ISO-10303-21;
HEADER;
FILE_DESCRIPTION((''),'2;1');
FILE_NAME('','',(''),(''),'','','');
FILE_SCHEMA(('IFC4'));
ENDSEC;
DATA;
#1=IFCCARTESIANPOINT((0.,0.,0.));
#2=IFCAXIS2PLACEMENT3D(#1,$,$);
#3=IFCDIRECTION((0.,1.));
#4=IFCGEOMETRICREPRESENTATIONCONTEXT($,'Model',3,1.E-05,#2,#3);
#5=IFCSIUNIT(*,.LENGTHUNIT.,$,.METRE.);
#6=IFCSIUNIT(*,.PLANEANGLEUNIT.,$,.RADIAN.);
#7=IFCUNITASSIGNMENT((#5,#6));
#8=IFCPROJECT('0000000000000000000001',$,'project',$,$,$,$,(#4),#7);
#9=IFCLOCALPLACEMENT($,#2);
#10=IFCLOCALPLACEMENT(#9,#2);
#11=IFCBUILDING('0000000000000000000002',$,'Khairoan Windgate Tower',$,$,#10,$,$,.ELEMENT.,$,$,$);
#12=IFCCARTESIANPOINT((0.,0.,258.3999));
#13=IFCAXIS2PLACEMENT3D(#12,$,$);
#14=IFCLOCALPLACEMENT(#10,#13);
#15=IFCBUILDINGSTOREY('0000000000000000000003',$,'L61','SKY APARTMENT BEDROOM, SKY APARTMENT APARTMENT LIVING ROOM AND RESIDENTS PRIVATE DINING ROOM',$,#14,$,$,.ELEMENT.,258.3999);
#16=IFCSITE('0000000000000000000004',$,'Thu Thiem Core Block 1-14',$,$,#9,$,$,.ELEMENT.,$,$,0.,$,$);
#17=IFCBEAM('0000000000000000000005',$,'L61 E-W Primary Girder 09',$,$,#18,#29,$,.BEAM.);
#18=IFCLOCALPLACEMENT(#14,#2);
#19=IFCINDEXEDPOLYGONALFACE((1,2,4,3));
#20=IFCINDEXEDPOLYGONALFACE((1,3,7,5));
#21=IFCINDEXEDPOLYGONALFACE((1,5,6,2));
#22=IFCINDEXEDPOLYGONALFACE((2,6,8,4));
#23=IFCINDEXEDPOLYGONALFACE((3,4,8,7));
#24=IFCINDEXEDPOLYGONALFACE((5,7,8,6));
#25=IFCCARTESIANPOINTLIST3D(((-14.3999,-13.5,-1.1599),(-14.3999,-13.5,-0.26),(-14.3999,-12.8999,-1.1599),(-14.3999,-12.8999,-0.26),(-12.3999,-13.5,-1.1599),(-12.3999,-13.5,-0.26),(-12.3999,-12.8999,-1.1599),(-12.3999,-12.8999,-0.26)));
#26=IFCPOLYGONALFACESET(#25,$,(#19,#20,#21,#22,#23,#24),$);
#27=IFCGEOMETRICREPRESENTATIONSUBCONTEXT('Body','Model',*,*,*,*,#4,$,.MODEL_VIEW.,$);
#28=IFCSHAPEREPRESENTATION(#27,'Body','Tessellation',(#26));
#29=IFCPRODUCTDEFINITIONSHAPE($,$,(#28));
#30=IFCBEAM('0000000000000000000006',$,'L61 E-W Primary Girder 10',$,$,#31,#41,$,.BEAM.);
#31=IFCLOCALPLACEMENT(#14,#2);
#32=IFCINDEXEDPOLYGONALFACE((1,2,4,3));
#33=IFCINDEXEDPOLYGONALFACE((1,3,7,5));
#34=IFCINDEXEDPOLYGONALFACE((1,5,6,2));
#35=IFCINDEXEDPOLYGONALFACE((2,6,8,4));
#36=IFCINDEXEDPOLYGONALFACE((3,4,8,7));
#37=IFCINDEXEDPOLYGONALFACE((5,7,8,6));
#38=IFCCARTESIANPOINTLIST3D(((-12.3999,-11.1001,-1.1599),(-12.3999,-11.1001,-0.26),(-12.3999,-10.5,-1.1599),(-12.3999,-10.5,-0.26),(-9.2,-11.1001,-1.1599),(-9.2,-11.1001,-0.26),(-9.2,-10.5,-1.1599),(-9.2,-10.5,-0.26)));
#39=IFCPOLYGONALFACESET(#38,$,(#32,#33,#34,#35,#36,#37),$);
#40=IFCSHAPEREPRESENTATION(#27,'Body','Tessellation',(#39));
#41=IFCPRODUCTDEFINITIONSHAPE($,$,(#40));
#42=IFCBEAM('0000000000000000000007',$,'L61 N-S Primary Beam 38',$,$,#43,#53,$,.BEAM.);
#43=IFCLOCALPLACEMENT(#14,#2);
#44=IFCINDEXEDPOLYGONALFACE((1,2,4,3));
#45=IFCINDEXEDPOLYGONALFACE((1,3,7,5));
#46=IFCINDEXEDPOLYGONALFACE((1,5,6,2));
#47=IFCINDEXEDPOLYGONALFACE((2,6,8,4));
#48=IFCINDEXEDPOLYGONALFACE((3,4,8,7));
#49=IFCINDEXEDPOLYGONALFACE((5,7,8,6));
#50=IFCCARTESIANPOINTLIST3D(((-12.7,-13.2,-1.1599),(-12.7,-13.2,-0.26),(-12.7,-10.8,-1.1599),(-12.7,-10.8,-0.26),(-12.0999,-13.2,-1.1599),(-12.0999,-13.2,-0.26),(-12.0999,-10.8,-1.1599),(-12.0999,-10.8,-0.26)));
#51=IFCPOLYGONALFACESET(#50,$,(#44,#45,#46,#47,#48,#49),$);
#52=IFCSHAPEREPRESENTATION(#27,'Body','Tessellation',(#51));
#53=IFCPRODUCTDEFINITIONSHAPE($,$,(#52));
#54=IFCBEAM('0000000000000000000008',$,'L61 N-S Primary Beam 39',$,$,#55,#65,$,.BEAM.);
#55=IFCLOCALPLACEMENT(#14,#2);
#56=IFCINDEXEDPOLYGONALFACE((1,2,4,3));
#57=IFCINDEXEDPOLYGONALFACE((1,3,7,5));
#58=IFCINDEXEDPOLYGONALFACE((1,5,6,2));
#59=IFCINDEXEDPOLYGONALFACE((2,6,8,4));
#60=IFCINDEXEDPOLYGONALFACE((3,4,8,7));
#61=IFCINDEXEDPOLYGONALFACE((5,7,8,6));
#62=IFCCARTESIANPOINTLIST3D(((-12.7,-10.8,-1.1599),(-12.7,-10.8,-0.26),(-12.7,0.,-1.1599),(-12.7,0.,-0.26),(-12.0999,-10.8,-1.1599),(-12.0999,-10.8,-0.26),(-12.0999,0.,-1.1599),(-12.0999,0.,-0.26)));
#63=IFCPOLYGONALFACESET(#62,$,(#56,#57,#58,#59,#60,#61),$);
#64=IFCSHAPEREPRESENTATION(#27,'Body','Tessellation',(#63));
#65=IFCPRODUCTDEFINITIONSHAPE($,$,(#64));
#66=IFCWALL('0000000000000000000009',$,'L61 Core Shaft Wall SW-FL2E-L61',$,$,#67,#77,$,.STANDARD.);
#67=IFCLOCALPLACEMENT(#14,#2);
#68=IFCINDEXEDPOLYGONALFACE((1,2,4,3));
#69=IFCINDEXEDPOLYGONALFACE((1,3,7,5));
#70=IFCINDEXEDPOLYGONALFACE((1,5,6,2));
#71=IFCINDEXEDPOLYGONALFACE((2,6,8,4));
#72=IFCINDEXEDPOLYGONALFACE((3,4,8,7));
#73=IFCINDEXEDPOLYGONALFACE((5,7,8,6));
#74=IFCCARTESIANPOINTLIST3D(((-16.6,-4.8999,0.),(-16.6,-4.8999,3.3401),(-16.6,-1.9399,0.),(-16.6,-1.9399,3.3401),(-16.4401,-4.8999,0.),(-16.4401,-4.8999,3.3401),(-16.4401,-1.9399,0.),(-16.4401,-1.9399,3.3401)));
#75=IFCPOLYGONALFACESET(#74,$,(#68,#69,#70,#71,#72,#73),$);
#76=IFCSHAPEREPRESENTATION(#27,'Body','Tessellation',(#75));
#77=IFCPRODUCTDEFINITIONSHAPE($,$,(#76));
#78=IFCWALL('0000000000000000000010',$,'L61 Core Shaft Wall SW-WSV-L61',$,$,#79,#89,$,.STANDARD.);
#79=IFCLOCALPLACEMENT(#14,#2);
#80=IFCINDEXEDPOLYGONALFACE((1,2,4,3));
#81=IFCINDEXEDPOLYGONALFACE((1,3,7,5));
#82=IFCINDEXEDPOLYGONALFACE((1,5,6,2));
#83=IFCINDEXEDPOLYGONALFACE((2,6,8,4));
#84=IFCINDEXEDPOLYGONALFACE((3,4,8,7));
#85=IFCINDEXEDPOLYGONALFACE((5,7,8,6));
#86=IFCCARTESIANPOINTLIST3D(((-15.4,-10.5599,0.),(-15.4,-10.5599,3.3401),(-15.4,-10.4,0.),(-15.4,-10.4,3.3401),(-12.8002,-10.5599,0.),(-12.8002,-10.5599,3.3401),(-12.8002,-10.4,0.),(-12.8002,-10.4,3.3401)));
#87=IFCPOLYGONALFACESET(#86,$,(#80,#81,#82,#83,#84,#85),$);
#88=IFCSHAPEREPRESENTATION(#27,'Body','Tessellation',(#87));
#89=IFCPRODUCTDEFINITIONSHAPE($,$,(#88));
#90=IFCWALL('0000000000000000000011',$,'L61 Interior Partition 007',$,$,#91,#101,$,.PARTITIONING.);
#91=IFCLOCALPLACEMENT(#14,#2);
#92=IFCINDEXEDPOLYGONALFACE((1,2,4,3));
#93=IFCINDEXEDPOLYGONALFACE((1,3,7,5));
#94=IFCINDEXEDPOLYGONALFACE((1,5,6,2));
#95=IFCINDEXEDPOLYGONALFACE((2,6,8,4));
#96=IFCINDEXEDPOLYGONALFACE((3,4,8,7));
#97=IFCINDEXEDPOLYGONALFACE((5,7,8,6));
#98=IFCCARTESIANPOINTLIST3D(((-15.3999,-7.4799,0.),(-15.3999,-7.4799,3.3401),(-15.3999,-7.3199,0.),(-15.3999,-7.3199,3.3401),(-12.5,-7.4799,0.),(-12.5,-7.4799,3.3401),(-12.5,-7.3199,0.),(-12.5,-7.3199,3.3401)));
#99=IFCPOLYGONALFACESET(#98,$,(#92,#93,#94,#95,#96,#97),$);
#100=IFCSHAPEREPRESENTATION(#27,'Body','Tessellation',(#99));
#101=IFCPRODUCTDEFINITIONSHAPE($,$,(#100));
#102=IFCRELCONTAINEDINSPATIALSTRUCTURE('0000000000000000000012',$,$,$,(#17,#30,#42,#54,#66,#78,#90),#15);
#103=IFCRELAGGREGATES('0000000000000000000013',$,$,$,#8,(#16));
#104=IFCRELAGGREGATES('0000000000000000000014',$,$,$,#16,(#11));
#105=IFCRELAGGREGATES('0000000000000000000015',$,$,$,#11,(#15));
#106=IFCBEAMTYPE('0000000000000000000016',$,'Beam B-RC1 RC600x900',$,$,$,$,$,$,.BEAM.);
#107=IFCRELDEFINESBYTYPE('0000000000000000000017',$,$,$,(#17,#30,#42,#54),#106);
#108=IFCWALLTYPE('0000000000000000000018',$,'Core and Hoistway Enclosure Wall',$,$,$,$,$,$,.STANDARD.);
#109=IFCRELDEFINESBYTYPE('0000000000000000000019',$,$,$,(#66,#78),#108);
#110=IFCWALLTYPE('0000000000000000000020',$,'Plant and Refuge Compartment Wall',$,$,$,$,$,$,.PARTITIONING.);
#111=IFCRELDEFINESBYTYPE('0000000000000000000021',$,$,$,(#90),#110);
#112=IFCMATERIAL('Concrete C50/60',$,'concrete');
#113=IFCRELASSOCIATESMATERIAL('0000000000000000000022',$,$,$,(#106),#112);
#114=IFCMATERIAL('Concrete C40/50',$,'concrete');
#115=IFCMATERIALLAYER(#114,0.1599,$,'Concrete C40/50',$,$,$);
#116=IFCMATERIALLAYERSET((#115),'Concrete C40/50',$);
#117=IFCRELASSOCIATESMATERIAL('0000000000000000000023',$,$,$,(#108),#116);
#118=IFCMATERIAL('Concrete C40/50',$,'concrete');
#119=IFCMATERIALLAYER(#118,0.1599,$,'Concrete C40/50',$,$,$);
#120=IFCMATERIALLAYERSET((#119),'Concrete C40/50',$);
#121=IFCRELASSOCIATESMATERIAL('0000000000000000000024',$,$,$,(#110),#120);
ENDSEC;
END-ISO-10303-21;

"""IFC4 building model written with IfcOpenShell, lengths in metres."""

from ifc_helpers import new_model, si_unit, direction, frame, frame_2d, origin, origin_2d, place, context, subcontext, project, spatial, rectangle, extrude, material, layer, layer_set, material_profile, profile_set, type_object, element, save


model = new_model("IFC4")

# Units and contexts
model_context = context("Model", 3, precision=1e-05, world=origin(), true_north=direction((0.0, 1.0)))
body_context = subcontext(model_context, "Body", "Model", "MODEL_VIEW")
ifc_project = project(units=[si_unit("LENGTHUNIT", "METRE"), si_unit("PLANEANGLEUNIT", "RADIAN")], contexts=[model_context])

# Site, building, storey
site_placement = place(None, origin())
site = spatial("IfcSite", under=ifc_project, at=site_placement, Name="Thu Thiem Core Block 1-14", CompositionType="ELEMENT", RefElevation=0.0)
building_placement = place(site_placement, origin())
building = spatial("IfcBuilding", under=site, at=building_placement, Name="Khairoan Windgate Tower", CompositionType="ELEMENT")
storey_placement = place(building_placement, frame((0.0, 0.0, 258.3999)))
storey = spatial("IfcBuildingStorey", under=building, at=storey_placement, Name="L61", Description="SKY APARTMENT BEDROOM, SKY APARTMENT APARTMENT LIVING ROOM AND RESIDENTS PRIVATE DINING ROOM", CompositionType="ELEMENT", Elevation=258.3999)

# Beams
ifc_material_1 = material(Name="Concrete C50/60", Category="concrete")
ifc_material_profile = material_profile(ifc_material_1, rectangle(XDim=0.6001, YDim=0.8999, at=origin_2d()))
ifc_profile_set = profile_set([ifc_material_profile], Name="Concrete C50/60")
beam_type = type_object("IfcBeamType", Name="Beam B-RC1 RC600x900", PredefinedType="BEAM", material=ifc_profile_set)
beam_1_placement = place(storey_placement, frame((-14.3999, -13.2, -0.71), z_axis=(1.0, 0.0, 0.0), x_axis=(0.0, 1.0, 0.0)))
element("IfcBeam", 1, at=beam_1_placement, inside=storey, type_object=beam_type, Name="L61 E-W Primary Girder 09", PredefinedType="BEAM", context=body_context, shape_type="SweptSolid", body=[
    extrude(rectangle(XDim=0.6001, YDim=0.8999, at=origin_2d()), origin(), (0.0, 0.0, 1.0), 2.0),
])
beam_2_placement = place(storey_placement, frame((-12.3999, -10.8, -0.71), z_axis=(1.0, 0.0, 0.0), x_axis=(0.0, 1.0, 0.0)))
element("IfcBeam", 2, at=beam_2_placement, inside=storey, type_object=beam_type, Name="L61 E-W Primary Girder 10", PredefinedType="BEAM", context=body_context, shape_type="SweptSolid", body=[
    extrude(rectangle(XDim=0.6001, YDim=0.8999, at=origin_2d()), origin(), (0.0, 0.0, 1.0), 3.2),
])
beam_3_placement = place(storey_placement, frame((-12.3999, -13.2, -0.71), z_axis=(0.0, 1.0, 0.0), x_axis=(-1.0, 0.0, 0.0)))
element("IfcBeam", 3, at=beam_3_placement, inside=storey, type_object=beam_type, Name="L61 N-S Primary Beam 38", PredefinedType="BEAM", context=body_context, shape_type="SweptSolid", body=[
    extrude(rectangle(XDim=0.6001, YDim=0.8999, at=origin_2d()), origin(), (0.0, 0.0, 1.0), 2.3999),
])
beam_4_placement = place(storey_placement, frame((-12.3999, -10.8, -0.71), z_axis=(0.0, 1.0, 0.0), x_axis=(-1.0, 0.0, 0.0)))
element("IfcBeam", 4, at=beam_4_placement, inside=storey, type_object=beam_type, Name="L61 N-S Primary Beam 39", PredefinedType="BEAM", context=body_context, shape_type="SweptSolid", body=[
    extrude(rectangle(XDim=0.6001, YDim=0.8999, at=origin_2d()), origin(), (0.0, 0.0, 1.0), 10.8),
])

# Walls
ifc_material_2 = material(Name="Concrete C40/50", Category="concrete")
ifc_layer_1 = layer(ifc_material_2, 0.1599, Name="Concrete C40/50")
ifc_layer_set_1 = layer_set([ifc_layer_1], Name="Concrete C40/50")
wall_type_1 = type_object("IfcWallType", Name="Core and Hoistway Enclosure Wall", PredefinedType="STANDARD", material=ifc_layer_set_1)
wall_1_placement = place(storey_placement, frame((-16.52, -4.8999, 0.0), z_axis=(0.0, 0.0, 1.0), x_axis=(0.0, 1.0, 0.0)))
element("IfcWall", 5, at=wall_1_placement, inside=storey, type_object=wall_type_1, Name="L61 Core Shaft Wall SW-FL2E-L61", PredefinedType="STANDARD", context=body_context, shape_type="SweptSolid", body=[
    extrude(rectangle(XDim=2.96, YDim=0.1599, at=frame_2d((1.48, 0.0))), origin(), (0.0, 0.0, 1.0), 3.3401),
])
wall_2_placement = place(storey_placement, frame((-15.3999, -10.48, 0.0), z_axis=(0.0, 0.0, 1.0), x_axis=(1.0, 0.0, 0.0)))
element("IfcWall", 6, at=wall_2_placement, inside=storey, type_object=wall_type_1, Name="L61 Core Shaft Wall SW-WSV-L61", PredefinedType="STANDARD", context=body_context, shape_type="SweptSolid", body=[
    extrude(rectangle(XDim=2.5999, YDim=0.1599, at=frame_2d((1.2998, 0.0))), origin(), (0.0, 0.0, 1.0), 3.3401),
])
ifc_material_3 = material(Name="Concrete C40/50", Category="concrete")
ifc_layer_2 = layer(ifc_material_3, 0.1599, Name="Concrete C40/50")
ifc_layer_set_2 = layer_set([ifc_layer_2], Name="Concrete C40/50")
wall_type_2 = type_object("IfcWallType", Name="Plant and Refuge Compartment Wall", PredefinedType="PARTITIONING", material=ifc_layer_set_2)
wall_3_placement = place(storey_placement, frame((-15.3999, -7.3999, 0.0), z_axis=(0.0, 0.0, 1.0), x_axis=(1.0, 0.0, 0.0)))
element("IfcWall", 7, at=wall_3_placement, inside=storey, type_object=wall_type_2, Name="L61 Interior Partition 007", PredefinedType="PARTITIONING", context=body_context, shape_type="SweptSolid", body=[
    extrude(rectangle(XDim=2.8999, YDim=0.1599, at=frame_2d((1.45, 0.0))), origin(), (0.0, 0.0, 1.0), 3.3401),
])

save(model, "model.ifc")
